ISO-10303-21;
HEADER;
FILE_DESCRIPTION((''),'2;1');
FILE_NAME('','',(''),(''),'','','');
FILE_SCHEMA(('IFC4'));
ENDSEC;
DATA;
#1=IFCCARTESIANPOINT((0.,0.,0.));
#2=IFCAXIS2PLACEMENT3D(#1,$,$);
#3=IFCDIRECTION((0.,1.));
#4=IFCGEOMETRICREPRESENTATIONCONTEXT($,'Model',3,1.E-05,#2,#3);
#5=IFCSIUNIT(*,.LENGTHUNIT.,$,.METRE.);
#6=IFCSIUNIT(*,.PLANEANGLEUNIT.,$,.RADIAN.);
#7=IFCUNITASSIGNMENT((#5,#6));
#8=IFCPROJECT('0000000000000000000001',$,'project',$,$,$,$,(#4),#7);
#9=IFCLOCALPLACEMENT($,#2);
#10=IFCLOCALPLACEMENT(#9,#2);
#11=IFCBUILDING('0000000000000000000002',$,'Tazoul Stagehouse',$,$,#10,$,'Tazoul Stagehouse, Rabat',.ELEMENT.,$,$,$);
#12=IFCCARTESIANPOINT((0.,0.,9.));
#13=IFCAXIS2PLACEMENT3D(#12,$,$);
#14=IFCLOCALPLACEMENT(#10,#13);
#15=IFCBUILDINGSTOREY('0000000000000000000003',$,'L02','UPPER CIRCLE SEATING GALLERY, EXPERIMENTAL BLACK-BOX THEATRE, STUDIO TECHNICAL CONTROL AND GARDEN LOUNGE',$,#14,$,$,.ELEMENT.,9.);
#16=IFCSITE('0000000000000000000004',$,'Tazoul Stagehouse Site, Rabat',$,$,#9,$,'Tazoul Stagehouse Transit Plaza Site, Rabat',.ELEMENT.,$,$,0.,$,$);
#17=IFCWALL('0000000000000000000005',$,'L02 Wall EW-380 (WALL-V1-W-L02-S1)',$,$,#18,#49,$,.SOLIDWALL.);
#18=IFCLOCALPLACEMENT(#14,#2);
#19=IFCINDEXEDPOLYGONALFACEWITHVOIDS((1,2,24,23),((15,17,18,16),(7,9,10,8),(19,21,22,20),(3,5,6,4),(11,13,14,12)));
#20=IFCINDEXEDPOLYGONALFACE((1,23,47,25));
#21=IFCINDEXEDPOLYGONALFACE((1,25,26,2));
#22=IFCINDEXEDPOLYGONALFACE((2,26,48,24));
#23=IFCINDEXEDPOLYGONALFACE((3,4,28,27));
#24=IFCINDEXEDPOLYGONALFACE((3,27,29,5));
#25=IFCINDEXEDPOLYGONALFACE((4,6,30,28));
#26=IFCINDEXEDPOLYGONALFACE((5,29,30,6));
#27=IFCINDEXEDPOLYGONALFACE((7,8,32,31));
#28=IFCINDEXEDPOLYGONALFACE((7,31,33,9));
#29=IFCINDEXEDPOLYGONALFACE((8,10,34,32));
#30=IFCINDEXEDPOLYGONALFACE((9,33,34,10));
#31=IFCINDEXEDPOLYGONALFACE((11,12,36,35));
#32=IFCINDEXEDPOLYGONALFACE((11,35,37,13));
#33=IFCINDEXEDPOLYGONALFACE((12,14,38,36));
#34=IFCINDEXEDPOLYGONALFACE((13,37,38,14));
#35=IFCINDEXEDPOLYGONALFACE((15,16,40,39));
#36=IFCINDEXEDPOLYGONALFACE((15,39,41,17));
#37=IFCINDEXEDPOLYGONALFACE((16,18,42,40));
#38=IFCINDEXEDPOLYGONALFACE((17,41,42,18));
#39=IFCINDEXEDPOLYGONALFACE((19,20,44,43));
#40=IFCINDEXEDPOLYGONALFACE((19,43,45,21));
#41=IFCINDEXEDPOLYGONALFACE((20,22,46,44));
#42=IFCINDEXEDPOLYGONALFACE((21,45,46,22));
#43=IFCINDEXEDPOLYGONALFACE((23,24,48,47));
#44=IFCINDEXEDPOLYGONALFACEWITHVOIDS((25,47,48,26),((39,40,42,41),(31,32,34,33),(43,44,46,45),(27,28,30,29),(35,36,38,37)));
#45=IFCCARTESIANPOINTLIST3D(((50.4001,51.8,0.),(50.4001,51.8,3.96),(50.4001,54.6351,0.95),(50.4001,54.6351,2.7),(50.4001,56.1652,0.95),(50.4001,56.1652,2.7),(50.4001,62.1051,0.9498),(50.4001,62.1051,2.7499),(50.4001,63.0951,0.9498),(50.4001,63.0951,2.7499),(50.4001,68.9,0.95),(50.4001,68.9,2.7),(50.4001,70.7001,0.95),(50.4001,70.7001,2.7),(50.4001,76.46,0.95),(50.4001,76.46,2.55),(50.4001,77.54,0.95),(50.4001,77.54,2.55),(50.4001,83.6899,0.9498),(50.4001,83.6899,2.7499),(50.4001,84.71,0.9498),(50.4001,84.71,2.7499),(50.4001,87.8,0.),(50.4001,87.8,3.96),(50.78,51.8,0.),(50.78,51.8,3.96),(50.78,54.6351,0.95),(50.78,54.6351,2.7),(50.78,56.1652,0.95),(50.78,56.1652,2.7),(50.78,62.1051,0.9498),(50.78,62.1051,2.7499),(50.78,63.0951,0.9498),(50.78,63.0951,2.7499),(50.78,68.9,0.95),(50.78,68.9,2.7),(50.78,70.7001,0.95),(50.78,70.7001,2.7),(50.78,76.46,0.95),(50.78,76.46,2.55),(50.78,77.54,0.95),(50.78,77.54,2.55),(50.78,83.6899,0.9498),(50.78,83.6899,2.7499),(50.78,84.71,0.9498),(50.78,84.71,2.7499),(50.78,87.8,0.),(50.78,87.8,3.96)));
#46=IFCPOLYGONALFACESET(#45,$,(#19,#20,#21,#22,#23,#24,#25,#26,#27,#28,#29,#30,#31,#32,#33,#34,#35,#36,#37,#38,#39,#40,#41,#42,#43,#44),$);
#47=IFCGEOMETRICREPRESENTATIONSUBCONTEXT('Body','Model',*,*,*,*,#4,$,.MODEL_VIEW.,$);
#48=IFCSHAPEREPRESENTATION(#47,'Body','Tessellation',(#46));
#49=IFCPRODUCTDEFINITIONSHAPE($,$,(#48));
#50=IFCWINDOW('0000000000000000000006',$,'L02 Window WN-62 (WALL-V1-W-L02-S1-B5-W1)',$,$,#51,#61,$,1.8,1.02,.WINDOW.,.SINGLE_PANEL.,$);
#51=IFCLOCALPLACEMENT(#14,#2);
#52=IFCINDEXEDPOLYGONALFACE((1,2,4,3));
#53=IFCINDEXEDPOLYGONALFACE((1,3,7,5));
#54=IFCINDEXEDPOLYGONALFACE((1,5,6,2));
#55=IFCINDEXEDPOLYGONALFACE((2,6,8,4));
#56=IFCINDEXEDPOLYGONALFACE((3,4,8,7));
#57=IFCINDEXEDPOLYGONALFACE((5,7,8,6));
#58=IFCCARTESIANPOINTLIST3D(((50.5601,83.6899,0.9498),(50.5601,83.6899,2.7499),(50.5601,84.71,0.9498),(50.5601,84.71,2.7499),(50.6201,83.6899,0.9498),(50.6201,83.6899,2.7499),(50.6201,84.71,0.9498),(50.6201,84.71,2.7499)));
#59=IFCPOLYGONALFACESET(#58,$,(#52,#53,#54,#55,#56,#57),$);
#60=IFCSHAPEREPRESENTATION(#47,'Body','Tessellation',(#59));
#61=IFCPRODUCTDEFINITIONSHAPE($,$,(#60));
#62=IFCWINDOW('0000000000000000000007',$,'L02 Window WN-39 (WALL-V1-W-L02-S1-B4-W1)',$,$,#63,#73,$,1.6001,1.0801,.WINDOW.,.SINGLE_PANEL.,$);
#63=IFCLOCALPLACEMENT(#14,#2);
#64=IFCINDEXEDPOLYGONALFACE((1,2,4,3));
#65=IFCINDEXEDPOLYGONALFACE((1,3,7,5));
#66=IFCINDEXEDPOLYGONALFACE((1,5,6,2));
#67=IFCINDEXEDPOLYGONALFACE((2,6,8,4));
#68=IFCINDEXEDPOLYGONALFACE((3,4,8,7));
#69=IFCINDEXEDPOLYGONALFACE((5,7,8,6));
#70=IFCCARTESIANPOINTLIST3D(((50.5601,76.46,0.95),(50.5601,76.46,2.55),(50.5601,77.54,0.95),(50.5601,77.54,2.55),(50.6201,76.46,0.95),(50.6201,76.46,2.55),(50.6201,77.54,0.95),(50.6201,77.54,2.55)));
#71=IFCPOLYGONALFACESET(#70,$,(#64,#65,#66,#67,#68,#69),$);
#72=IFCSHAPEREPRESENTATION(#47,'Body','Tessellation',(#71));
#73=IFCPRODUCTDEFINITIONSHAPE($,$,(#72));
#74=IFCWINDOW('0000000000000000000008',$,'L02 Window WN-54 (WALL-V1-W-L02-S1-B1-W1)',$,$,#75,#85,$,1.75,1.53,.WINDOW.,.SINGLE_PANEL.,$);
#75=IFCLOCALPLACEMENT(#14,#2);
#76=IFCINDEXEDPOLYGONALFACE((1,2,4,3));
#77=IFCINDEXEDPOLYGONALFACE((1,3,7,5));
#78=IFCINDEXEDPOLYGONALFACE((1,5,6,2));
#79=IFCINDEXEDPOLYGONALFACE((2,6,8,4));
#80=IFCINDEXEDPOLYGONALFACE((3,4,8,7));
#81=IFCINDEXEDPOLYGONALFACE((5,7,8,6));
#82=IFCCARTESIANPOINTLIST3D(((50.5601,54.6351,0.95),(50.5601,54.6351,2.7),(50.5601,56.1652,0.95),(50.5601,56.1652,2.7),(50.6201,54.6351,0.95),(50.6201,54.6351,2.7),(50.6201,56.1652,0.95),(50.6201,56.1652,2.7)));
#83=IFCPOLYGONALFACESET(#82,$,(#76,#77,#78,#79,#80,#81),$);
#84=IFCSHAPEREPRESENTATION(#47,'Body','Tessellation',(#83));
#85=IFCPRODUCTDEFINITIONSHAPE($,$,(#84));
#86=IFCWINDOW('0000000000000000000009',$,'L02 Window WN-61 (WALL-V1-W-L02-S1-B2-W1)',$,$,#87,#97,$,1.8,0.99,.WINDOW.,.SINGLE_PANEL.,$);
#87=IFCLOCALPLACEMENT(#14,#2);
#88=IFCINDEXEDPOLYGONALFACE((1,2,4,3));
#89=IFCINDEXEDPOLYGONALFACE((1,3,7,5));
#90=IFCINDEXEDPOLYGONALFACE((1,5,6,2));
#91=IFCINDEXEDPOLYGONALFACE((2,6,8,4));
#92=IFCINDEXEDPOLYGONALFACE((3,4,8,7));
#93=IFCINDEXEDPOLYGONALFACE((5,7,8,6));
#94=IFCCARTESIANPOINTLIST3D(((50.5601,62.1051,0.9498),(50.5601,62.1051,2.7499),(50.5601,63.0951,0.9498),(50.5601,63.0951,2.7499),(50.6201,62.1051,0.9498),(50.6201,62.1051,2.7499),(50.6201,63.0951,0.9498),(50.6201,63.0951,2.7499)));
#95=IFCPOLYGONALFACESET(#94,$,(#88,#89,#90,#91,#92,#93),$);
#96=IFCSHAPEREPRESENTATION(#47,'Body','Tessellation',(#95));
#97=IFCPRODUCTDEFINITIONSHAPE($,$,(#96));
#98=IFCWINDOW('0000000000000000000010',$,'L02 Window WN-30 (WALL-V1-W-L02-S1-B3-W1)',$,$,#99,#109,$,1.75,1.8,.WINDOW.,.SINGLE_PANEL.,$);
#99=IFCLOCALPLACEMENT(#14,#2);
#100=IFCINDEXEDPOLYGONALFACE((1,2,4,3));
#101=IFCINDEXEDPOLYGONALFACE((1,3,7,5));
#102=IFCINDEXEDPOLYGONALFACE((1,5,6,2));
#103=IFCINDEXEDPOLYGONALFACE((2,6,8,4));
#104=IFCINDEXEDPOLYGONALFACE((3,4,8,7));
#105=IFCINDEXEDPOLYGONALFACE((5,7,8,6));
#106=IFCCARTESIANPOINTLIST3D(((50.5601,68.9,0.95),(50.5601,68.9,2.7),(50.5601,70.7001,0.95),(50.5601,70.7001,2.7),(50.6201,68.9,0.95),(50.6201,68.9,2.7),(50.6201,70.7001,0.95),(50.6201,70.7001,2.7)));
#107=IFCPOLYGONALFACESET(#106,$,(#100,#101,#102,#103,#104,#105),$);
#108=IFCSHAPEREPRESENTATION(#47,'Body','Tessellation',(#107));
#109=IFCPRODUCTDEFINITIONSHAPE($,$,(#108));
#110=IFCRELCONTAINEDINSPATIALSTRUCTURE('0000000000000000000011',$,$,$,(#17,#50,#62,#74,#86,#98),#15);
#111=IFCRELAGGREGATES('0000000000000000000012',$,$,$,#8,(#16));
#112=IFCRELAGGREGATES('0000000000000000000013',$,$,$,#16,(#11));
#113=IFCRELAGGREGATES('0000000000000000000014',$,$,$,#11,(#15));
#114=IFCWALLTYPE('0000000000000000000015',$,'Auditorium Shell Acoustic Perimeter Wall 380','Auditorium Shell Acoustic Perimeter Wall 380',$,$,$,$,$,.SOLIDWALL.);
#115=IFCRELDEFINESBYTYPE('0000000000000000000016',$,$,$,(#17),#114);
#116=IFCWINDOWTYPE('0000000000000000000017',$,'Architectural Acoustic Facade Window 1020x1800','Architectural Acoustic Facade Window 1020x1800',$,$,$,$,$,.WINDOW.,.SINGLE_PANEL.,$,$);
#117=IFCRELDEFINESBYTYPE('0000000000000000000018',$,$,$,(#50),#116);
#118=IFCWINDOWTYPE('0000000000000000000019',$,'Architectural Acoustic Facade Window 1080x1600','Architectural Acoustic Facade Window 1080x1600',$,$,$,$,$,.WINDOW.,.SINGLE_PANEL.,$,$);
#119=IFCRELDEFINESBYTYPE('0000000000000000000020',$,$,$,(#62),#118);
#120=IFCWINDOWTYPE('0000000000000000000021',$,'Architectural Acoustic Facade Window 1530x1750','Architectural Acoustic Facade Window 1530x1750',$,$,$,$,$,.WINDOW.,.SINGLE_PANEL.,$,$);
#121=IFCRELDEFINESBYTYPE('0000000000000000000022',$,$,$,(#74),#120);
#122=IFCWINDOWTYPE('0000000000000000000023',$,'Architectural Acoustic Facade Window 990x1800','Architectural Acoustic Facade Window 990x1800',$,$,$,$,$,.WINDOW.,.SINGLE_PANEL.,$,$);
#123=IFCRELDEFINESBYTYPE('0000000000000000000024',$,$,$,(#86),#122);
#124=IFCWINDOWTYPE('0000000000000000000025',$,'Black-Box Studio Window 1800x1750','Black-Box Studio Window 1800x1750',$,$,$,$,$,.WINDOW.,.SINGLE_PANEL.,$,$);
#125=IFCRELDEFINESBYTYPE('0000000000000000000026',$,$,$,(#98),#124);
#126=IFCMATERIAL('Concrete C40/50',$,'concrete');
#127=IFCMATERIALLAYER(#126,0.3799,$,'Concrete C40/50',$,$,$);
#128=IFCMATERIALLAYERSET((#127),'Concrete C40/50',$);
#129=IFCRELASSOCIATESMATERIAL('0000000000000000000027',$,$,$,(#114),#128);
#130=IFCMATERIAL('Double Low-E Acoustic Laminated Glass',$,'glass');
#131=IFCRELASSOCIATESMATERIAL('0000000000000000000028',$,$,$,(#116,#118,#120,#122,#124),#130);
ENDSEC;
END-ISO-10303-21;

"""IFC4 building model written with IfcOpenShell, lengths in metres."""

from ifc_helpers import new_model, si_unit, direction, frame, frame_2d, origin, place, context, subcontext, project, spatial, rectangle, extrude, material, layer, layer_set, type_object, element, fill, save


model = new_model("IFC4")

# Units and contexts
model_context = context("Model", 3, precision=1e-05, world=origin(), true_north=direction((0.0, 1.0)))
body_context = subcontext(model_context, "Body", "Model", "MODEL_VIEW")
ifc_project = project(units=[si_unit("LENGTHUNIT", "METRE"), si_unit("PLANEANGLEUNIT", "RADIAN")], contexts=[model_context])

# Site, building, storey
site_placement = place(None, origin())
site = spatial("IfcSite", under=ifc_project, at=site_placement, Name="Tazoul Stagehouse Site, Rabat", LongName="Tazoul Stagehouse Transit Plaza Site, Rabat", CompositionType="ELEMENT", RefElevation=0.0)
building_placement = place(site_placement, origin())
building = spatial("IfcBuilding", under=site, at=building_placement, Name="Tazoul Stagehouse", LongName="Tazoul Stagehouse, Rabat", CompositionType="ELEMENT")
storey_placement = place(building_placement, frame((0.0, 0.0, 9.0)))
storey = spatial("IfcBuildingStorey", under=building, at=storey_placement, Name="L02", Description="UPPER CIRCLE SEATING GALLERY, EXPERIMENTAL BLACK-BOX THEATRE, STUDIO TECHNICAL CONTROL AND GARDEN LOUNGE", CompositionType="ELEMENT", Elevation=9.0)

# Shared definitions
ifc_material_1 = material(Name="Concrete C40/50", Category="concrete")

# Wall, openings, windows
ifc_layer = layer(ifc_material_1, 0.3799, Name="Concrete C40/50")
ifc_layer_set = layer_set([ifc_layer], Name="Concrete C40/50")
wall_type = type_object("IfcWallType", Name="Auditorium Shell Acoustic Perimeter Wall 380", Description="Auditorium Shell Acoustic Perimeter Wall 380", PredefinedType="SOLIDWALL", material=ifc_layer_set)
wall_placement = place(storey_placement, frame((50.5901, 51.8, 0.0), z_axis=(0.0, 0.0, 1.0), x_axis=(0.0, 1.0, 0.0)))
wall = element("IfcWall", 1, at=wall_placement, inside=storey, type_object=wall_type, Name="L02 Wall EW-380 (WALL-V1-W-L02-S1)", PredefinedType="SOLIDWALL", context=body_context, shape_type="SweptSolid", body=[
    extrude(rectangle(XDim=36.0, YDim=0.3799, at=frame_2d((18.0, 0.0))), origin(), (0.0, 0.0, 1.0), 3.96),
])
opening_1_placement = place(wall_placement, frame((2.835, 0.0, 0.95)))
opening_1 = element("IfcOpeningElement", 2, at=opening_1_placement, cuts=wall, PredefinedType="OPENING", context=body_context, shape_type="SweptSolid", body=[
    extrude(rectangle(XDim=1.53, YDim=1.75, at=frame_2d((0.7651, 0.875))), frame((0.0, 0.21, 0.0), z_axis=(0.0, -1.0, 0.0), x_axis=(1.0, 0.0, 0.0)), (0.0, 0.0, 1.0), 0.4199),
])
opening_2_placement = place(wall_placement, frame((10.3049, 0.0, 0.95)))
opening_2 = element("IfcOpeningElement", 3, at=opening_2_placement, cuts=wall, PredefinedType="OPENING", context=body_context, shape_type="SweptSolid", body=[
    extrude(rectangle(XDim=0.99, YDim=1.8, at=frame_2d((0.4951, 0.8999))), frame((0.0, 0.21, 0.0), z_axis=(0.0, -1.0, 0.0), x_axis=(1.0, 0.0, 0.0)), (0.0, 0.0, 1.0), 0.4199),
])
opening_3_placement = place(wall_placement, frame((17.1001, 0.0, 0.95)))
opening_3 = element("IfcOpeningElement", 4, at=opening_3_placement, cuts=wall, PredefinedType="OPENING", context=body_context, shape_type="SweptSolid", body=[
    extrude(rectangle(XDim=1.8, YDim=1.75, at=frame_2d((0.8999, 0.875))), frame((0.0, 0.21, 0.0), z_axis=(0.0, -1.0, 0.0), x_axis=(1.0, 0.0, 0.0)), (0.0, 0.0, 1.0), 0.4199),
])
opening_4_placement = place(wall_placement, frame((24.6599, 0.0, 0.95)))
opening_4 = element("IfcOpeningElement", 5, at=opening_4_placement, cuts=wall, PredefinedType="OPENING", context=body_context, shape_type="SweptSolid", body=[
    extrude(rectangle(XDim=1.0801, YDim=1.6001, at=frame_2d((0.54, 0.8))), frame((0.0, 0.21, 0.0), z_axis=(0.0, -1.0, 0.0), x_axis=(1.0, 0.0, 0.0)), (0.0, 0.0, 1.0), 0.4199),
])
opening_5_placement = place(wall_placement, frame((31.8899, 0.0, 0.95)))
opening_5 = element("IfcOpeningElement", 6, at=opening_5_placement, cuts=wall, PredefinedType="OPENING", context=body_context, shape_type="SweptSolid", body=[
    extrude(rectangle(XDim=1.02, YDim=1.8, at=frame_2d((0.51, 0.8999))), frame((0.0, 0.21, 0.0), z_axis=(0.0, -1.0, 0.0), x_axis=(1.0, 0.0, 0.0)), (0.0, 0.0, 1.0), 0.4199),
])
ifc_material_2 = material(Name="Double Low-E Acoustic Laminated Glass", Category="glass")
window_type_1 = type_object("IfcWindowType", Name="Architectural Acoustic Facade Window 1020x1800", Description="Architectural Acoustic Facade Window 1020x1800", PartitioningType="SINGLE_PANEL", PredefinedType="WINDOW", material=ifc_material_2)
window_1_placement = place(opening_5_placement, origin())
window_1 = element("IfcWindow", 7, at=window_1_placement, inside=storey, type_object=window_type_1, Name="L02 Window WN-62 (WALL-V1-W-L02-S1-B5-W1)", OverallHeight=1.8, OverallWidth=1.02, PartitioningType="SINGLE_PANEL", PredefinedType="WINDOW", context=body_context, shape_type="SweptSolid", body=[
    extrude(rectangle(XDim=1.02, YDim=1.8, at=frame_2d((0.51, 0.8999))), frame((0.0, 0.03, 0.0), z_axis=(0.0, -1.0, 0.0), x_axis=(1.0, 0.0, 0.0)), (0.0, 0.0, 1.0), 0.0601),
])
fill(opening_5, window_1)
window_type_2 = type_object("IfcWindowType", Name="Architectural Acoustic Facade Window 1080x1600", Description="Architectural Acoustic Facade Window 1080x1600", PartitioningType="SINGLE_PANEL", PredefinedType="WINDOW", material=ifc_material_2)
window_2_placement = place(opening_4_placement, origin())
window_2 = element("IfcWindow", 8, at=window_2_placement, inside=storey, type_object=window_type_2, Name="L02 Window WN-39 (WALL-V1-W-L02-S1-B4-W1)", OverallHeight=1.6001, OverallWidth=1.0801, PartitioningType="SINGLE_PANEL", PredefinedType="WINDOW", context=body_context, shape_type="SweptSolid", body=[
    extrude(rectangle(XDim=1.0801, YDim=1.6001, at=frame_2d((0.54, 0.8))), frame((0.0, 0.03, 0.0), z_axis=(0.0, -1.0, 0.0), x_axis=(1.0, 0.0, 0.0)), (0.0, 0.0, 1.0), 0.0601),
])
fill(opening_4, window_2)
window_type_3 = type_object("IfcWindowType", Name="Architectural Acoustic Facade Window 1530x1750", Description="Architectural Acoustic Facade Window 1530x1750", PartitioningType="SINGLE_PANEL", PredefinedType="WINDOW", material=ifc_material_2)
window_3_placement = place(opening_1_placement, origin())
window_3 = element("IfcWindow", 9, at=window_3_placement, inside=storey, type_object=window_type_3, Name="L02 Window WN-54 (WALL-V1-W-L02-S1-B1-W1)", OverallHeight=1.75, OverallWidth=1.53, PartitioningType="SINGLE_PANEL", PredefinedType="WINDOW", context=body_context, shape_type="SweptSolid", body=[
    extrude(rectangle(XDim=1.53, YDim=1.75, at=frame_2d((0.7651, 0.875))), frame((0.0, 0.03, 0.0), z_axis=(0.0, -1.0, 0.0), x_axis=(1.0, 0.0, 0.0)), (0.0, 0.0, 1.0), 0.0601),
])
fill(opening_1, window_3)
window_type_4 = type_object("IfcWindowType", Name="Architectural Acoustic Facade Window 990x1800", Description="Architectural Acoustic Facade Window 990x1800", PartitioningType="SINGLE_PANEL", PredefinedType="WINDOW", material=ifc_material_2)
window_4_placement = place(opening_2_placement, origin())
window_4 = element("IfcWindow", 10, at=window_4_placement, inside=storey, type_object=window_type_4, Name="L02 Window WN-61 (WALL-V1-W-L02-S1-B2-W1)", OverallHeight=1.8, OverallWidth=0.99, PartitioningType="SINGLE_PANEL", PredefinedType="WINDOW", context=body_context, shape_type="SweptSolid", body=[
    extrude(rectangle(XDim=0.99, YDim=1.8, at=frame_2d((0.4951, 0.8999))), frame((0.0, 0.03, 0.0), z_axis=(0.0, -1.0, 0.0), x_axis=(1.0, 0.0, 0.0)), (0.0, 0.0, 1.0), 0.0601),
])
fill(opening_2, window_4)
window_type_5 = type_object("IfcWindowType", Name="Black-Box Studio Window 1800x1750", Description="Black-Box Studio Window 1800x1750", PartitioningType="SINGLE_PANEL", PredefinedType="WINDOW", material=ifc_material_2)
window_5_placement = place(opening_3_placement, origin())
window_5 = element("IfcWindow", 11, at=window_5_placement, inside=storey, type_object=window_type_5, Name="L02 Window WN-30 (WALL-V1-W-L02-S1-B3-W1)", OverallHeight=1.75, OverallWidth=1.8, PartitioningType="SINGLE_PANEL", PredefinedType="WINDOW", context=body_context, shape_type="SweptSolid", body=[
    extrude(rectangle(XDim=1.8, YDim=1.75, at=frame_2d((0.8999, 0.875))), frame((0.0, 0.03, 0.0), z_axis=(0.0, -1.0, 0.0), x_axis=(1.0, 0.0, 0.0)), (0.0, 0.0, 1.0), 0.0601),
])
fill(opening_3, window_5)

save(model, "model.ifc")
